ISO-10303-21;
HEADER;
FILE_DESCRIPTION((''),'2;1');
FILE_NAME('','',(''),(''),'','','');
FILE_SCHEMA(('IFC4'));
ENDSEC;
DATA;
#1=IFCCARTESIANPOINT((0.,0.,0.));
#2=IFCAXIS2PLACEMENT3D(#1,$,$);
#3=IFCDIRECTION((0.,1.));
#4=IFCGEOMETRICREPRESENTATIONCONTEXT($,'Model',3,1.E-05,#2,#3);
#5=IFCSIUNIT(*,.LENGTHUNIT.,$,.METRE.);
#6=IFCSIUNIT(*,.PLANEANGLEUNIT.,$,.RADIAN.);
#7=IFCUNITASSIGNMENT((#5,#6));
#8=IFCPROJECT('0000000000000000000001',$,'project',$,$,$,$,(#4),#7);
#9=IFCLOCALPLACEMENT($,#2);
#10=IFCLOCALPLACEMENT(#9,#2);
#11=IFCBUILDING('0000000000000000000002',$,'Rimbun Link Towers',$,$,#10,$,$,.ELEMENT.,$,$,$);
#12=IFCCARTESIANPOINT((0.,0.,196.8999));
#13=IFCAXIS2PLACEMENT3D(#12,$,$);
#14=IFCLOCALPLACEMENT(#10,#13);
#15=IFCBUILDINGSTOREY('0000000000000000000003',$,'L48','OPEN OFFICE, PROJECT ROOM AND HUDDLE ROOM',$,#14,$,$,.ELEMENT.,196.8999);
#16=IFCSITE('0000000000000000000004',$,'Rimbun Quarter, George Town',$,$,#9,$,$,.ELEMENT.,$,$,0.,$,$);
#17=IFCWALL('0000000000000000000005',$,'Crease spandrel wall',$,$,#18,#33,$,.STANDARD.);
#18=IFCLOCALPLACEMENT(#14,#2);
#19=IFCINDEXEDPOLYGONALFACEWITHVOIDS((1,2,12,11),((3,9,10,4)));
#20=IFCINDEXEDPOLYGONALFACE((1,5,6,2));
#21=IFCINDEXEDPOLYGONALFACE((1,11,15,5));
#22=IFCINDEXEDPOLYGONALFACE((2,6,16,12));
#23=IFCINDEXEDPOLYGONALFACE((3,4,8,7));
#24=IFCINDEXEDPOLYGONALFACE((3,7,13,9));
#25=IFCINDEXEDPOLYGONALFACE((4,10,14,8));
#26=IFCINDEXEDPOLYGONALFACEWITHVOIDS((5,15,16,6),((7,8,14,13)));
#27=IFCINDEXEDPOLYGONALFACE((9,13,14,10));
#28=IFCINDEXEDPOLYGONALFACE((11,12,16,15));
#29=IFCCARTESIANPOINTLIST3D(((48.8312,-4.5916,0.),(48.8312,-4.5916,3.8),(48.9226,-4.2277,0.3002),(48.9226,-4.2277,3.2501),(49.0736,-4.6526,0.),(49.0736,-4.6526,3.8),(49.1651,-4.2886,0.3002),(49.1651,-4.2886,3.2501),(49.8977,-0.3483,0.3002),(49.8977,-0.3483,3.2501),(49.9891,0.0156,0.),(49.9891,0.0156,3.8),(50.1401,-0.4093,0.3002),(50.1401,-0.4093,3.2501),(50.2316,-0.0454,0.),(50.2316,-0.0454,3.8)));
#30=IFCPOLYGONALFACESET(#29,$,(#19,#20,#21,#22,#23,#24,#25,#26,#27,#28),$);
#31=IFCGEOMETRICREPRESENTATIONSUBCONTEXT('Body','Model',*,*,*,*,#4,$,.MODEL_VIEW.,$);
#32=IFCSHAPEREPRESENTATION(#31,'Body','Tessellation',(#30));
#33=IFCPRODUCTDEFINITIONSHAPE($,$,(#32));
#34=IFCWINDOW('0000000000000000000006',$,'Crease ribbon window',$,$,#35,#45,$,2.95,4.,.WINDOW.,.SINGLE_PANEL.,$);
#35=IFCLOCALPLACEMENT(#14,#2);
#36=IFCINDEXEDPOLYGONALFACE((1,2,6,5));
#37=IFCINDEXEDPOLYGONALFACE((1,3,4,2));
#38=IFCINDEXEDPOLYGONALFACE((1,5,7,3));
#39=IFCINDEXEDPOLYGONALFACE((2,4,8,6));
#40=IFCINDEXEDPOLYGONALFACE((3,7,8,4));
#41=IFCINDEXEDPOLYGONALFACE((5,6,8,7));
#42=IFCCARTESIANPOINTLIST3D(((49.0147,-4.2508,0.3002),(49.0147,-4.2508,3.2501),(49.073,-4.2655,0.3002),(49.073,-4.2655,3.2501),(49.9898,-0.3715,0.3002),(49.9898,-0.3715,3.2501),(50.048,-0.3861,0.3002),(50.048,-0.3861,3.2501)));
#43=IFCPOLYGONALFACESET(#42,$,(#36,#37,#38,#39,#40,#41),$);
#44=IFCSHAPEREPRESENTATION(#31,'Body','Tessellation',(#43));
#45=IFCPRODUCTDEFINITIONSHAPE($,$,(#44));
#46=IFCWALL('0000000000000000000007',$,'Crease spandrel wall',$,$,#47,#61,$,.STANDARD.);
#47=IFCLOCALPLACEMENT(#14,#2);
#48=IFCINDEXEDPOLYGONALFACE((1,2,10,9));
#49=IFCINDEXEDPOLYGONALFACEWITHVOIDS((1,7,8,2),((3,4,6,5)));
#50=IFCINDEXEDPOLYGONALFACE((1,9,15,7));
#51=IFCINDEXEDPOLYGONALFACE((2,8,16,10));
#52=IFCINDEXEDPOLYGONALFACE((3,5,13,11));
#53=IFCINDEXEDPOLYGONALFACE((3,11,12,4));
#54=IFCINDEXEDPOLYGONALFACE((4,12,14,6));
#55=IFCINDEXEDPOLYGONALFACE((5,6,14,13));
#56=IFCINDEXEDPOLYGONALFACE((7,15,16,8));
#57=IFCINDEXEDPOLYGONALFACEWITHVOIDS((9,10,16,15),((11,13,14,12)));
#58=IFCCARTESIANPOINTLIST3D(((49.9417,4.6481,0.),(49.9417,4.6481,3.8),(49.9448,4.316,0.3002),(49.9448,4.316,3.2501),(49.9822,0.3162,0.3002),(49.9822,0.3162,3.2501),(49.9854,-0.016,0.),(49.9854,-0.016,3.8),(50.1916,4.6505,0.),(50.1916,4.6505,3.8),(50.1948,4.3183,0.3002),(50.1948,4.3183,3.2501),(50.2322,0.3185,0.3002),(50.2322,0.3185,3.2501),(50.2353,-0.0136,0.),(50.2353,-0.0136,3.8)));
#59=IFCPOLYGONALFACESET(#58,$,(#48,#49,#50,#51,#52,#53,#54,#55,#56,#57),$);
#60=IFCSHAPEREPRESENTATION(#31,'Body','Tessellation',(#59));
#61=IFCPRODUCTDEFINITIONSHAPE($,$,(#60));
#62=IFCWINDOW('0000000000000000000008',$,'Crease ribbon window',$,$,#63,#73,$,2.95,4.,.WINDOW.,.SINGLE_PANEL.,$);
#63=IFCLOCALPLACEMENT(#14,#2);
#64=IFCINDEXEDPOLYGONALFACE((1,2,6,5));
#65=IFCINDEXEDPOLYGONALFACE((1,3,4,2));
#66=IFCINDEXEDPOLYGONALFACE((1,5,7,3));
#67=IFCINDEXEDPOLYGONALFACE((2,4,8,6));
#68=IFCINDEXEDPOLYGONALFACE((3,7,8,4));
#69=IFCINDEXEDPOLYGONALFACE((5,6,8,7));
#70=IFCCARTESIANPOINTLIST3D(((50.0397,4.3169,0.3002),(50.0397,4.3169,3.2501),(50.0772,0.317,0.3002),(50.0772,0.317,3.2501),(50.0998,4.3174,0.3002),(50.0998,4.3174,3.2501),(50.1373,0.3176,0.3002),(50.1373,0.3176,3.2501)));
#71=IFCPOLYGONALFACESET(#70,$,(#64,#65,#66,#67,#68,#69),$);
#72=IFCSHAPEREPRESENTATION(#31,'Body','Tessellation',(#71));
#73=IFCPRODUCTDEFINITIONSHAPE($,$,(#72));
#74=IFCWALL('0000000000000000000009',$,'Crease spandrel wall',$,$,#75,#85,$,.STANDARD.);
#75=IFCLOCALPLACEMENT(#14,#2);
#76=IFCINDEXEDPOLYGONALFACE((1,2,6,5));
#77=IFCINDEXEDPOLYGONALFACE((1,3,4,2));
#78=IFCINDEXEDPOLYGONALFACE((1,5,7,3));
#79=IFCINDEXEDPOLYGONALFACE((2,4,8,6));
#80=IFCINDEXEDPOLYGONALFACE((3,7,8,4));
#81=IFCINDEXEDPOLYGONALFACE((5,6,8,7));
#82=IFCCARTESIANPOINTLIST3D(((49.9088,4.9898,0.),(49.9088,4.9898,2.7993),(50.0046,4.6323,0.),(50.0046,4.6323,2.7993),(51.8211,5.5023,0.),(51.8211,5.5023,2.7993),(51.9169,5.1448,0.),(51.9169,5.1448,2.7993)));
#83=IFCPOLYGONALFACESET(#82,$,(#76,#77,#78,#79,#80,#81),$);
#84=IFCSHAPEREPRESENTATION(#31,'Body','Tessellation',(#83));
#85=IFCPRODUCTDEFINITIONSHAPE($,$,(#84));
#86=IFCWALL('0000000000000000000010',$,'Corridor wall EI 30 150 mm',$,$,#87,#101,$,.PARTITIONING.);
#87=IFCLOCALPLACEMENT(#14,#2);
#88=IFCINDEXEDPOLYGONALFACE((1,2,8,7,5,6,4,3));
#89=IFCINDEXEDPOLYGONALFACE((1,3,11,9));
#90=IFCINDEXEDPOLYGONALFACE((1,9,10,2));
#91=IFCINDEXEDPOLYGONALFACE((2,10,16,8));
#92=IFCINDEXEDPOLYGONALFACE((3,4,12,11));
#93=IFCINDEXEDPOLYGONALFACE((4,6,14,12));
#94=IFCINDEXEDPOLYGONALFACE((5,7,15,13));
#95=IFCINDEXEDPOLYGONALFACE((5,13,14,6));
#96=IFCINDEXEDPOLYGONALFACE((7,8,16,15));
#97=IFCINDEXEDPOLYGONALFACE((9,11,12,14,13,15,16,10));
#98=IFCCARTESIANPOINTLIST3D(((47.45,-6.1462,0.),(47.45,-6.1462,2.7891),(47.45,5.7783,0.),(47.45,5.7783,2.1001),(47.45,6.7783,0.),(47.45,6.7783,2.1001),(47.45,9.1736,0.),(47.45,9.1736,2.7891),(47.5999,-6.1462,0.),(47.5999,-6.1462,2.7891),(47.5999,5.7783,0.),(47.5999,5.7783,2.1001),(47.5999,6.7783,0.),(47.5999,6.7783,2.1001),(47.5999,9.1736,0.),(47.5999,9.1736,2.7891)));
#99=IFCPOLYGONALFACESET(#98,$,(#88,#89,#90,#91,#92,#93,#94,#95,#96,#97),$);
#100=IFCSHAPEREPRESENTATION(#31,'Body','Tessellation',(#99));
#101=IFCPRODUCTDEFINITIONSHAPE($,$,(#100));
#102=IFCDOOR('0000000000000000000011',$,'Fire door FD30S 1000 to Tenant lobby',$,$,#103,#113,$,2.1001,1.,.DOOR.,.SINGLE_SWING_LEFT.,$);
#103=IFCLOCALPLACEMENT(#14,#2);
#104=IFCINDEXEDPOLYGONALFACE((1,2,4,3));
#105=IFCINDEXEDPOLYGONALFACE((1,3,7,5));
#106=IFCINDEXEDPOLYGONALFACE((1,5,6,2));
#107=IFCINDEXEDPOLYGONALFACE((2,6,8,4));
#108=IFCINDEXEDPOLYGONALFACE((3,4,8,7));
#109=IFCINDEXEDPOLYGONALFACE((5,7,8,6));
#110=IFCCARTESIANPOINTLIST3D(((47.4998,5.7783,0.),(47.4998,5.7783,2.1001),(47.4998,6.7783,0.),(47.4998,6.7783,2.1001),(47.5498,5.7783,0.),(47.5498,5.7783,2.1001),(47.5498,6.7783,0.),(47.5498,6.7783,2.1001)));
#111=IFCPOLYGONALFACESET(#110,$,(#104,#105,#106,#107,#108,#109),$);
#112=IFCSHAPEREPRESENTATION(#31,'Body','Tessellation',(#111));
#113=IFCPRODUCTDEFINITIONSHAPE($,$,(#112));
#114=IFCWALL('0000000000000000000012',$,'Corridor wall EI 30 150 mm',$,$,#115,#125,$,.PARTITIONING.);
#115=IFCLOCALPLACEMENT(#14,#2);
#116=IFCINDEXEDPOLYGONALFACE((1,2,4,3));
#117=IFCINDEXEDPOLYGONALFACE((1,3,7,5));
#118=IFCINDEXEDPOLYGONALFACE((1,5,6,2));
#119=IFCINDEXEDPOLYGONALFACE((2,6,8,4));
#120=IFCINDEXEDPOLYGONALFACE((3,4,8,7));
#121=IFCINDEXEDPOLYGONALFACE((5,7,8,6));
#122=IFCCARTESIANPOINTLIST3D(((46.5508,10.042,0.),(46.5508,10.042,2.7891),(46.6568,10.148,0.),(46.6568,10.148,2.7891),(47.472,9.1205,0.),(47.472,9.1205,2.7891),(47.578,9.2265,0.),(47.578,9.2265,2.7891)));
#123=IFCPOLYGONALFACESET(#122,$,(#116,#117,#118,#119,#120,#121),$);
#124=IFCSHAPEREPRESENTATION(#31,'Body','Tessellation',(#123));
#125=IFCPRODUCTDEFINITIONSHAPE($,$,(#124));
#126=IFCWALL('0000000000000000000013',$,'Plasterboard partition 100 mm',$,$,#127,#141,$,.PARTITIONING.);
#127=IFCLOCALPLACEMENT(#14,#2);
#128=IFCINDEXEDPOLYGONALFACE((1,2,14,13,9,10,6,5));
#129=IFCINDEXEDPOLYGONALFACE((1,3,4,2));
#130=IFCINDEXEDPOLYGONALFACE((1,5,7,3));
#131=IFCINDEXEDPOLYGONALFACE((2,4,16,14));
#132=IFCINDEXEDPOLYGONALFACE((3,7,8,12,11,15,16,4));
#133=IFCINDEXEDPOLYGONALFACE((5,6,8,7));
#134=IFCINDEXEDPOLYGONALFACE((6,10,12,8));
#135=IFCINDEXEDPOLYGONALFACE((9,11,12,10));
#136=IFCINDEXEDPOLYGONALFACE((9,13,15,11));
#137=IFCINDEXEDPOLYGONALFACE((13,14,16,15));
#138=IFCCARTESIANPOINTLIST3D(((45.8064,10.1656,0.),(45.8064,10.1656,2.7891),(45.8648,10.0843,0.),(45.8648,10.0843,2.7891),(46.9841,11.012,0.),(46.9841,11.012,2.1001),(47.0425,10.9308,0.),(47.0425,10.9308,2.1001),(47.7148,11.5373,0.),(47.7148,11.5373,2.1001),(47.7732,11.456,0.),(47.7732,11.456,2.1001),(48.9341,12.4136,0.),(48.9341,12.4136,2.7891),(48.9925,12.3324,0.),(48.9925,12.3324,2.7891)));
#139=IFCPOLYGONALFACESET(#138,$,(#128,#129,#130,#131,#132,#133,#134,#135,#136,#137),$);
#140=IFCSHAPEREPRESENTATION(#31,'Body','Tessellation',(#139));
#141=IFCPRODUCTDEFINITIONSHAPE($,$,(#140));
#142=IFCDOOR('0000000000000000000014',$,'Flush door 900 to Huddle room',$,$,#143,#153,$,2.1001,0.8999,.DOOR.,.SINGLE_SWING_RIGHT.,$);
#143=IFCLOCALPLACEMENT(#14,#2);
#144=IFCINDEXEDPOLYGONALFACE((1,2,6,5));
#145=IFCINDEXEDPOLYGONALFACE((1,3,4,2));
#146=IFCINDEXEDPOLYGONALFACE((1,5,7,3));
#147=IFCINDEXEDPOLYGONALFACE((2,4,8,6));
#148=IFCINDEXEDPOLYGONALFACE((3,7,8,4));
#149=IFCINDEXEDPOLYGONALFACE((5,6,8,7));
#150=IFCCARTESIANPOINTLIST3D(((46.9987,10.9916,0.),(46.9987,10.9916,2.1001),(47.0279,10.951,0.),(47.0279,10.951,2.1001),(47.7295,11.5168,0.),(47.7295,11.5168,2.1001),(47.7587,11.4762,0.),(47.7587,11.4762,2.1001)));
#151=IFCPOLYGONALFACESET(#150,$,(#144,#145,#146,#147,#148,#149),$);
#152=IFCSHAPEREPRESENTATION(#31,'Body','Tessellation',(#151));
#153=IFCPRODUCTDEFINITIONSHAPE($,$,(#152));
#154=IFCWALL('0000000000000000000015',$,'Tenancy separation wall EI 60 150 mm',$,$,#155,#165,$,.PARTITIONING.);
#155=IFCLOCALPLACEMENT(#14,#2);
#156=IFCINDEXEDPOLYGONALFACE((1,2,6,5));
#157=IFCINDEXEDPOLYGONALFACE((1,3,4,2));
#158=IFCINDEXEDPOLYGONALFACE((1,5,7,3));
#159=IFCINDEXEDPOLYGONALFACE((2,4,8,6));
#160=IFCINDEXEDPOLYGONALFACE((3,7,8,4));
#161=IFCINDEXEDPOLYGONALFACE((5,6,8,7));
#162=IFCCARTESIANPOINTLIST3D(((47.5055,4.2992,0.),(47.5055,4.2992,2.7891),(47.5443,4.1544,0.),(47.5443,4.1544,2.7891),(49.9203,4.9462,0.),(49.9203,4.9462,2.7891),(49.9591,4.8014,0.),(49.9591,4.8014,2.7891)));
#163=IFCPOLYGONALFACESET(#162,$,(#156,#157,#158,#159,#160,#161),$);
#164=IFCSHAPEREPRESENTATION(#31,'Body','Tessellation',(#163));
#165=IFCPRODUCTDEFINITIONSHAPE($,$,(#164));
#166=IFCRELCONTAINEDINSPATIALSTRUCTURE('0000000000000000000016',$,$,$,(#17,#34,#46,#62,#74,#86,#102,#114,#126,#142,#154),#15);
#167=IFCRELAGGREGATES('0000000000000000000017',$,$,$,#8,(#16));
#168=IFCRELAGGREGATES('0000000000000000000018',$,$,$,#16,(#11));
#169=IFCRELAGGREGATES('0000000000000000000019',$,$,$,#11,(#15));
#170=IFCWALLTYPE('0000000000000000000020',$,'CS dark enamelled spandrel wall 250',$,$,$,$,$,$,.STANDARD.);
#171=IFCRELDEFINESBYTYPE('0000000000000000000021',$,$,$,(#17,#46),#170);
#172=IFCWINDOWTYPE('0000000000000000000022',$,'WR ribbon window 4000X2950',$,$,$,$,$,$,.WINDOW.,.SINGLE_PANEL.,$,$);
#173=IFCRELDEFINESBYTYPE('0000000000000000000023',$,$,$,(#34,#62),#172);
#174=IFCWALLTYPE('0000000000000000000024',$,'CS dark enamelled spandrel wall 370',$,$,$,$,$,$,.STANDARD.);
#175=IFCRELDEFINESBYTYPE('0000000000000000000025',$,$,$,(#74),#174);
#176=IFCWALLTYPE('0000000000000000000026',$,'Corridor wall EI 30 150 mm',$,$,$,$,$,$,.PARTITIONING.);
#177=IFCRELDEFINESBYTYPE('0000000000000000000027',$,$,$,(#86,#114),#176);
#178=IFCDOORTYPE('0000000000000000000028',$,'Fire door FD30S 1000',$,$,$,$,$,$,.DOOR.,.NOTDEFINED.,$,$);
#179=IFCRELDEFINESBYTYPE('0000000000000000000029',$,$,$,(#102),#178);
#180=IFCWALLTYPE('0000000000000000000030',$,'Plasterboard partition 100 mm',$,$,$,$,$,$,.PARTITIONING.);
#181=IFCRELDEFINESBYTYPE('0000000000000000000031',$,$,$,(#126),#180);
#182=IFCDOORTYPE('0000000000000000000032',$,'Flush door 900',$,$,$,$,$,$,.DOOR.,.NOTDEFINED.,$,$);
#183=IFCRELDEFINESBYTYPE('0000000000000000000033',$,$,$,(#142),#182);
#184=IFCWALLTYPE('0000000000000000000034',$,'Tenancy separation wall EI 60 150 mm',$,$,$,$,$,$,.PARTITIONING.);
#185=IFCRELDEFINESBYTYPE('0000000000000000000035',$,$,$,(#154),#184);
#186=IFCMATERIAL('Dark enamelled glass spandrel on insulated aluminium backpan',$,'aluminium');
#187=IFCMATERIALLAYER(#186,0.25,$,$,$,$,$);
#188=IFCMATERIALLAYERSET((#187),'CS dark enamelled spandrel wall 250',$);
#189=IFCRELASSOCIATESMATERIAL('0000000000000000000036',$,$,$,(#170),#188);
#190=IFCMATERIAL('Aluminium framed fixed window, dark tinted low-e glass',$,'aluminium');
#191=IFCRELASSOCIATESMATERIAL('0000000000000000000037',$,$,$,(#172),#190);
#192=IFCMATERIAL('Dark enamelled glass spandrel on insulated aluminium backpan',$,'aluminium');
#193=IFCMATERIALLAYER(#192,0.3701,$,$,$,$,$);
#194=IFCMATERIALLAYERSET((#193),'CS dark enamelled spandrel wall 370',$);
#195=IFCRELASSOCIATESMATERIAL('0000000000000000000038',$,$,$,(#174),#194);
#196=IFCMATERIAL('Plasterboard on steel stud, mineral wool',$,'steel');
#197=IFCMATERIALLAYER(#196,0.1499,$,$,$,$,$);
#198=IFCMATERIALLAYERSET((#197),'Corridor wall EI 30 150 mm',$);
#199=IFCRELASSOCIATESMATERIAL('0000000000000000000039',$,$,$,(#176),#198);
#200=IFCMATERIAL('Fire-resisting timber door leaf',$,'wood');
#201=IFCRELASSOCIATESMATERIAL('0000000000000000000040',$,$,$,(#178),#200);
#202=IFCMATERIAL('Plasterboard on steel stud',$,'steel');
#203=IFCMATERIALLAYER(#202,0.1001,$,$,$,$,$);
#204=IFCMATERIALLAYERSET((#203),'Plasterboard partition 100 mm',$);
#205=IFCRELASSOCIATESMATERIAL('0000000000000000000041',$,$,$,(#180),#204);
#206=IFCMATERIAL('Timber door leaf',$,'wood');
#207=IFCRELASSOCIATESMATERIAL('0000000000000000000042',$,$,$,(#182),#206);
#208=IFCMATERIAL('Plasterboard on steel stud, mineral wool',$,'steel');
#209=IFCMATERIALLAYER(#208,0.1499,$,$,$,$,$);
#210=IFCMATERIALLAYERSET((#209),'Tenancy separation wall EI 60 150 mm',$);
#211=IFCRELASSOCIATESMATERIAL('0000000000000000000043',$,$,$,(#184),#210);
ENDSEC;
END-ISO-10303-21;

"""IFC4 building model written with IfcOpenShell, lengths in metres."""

from ifc_helpers import new_model, si_unit, direction, frame, frame_2d, origin, place, context, subcontext, project, spatial, rectangle, extrude, material, layer, layer_set, type_object, element, fill, save


model = new_model("IFC4")

# Units and contexts
model_context = context("Model", 3, precision=1e-05, world=origin(), true_north=direction((0.0, 1.0)))
body_context = subcontext(model_context, "Body", "Model", "MODEL_VIEW")
ifc_project = project(units=[si_unit("LENGTHUNIT", "METRE"), si_unit("PLANEANGLEUNIT", "RADIAN")], contexts=[model_context])

# Site, building, storey
site_placement = place(None, origin())
site = spatial("IfcSite", under=ifc_project, at=site_placement, Name="Rimbun Quarter, George Town", CompositionType="ELEMENT", RefElevation=0.0)
building_placement = place(site_placement, origin())
building = spatial("IfcBuilding", under=site, at=building_placement, Name="Rimbun Link Towers", CompositionType="ELEMENT")
storey_placement = place(building_placement, frame((0.0, 0.0, 196.8999)))
storey = spatial("IfcBuildingStorey", under=building, at=storey_placement, Name="L48", Description="OPEN OFFICE, PROJECT ROOM AND HUDDLE ROOM", CompositionType="ELEMENT", Elevation=196.8999)

# Walls, openings, windows
ifc_material_1 = material(Name="Dark enamelled glass spandrel on insulated aluminium backpan", Category="aluminium")
ifc_layer_1 = layer(ifc_material_1, 0.25)
ifc_layer_set_1 = layer_set([ifc_layer_1], Name="CS dark enamelled spandrel wall 250")
wall_type_1 = type_object("IfcWallType", Name="CS dark enamelled spandrel wall 250", PredefinedType="STANDARD", material=ifc_layer_set_1)
wall_1_placement = place(storey_placement, frame((50.1104, -0.0149, 0.0), z_axis=(0.0, 0.0, 1.0), x_axis=(-0.243757, -0.969836, 0.0)))
wall_1 = element("IfcWall", 1, at=wall_1_placement, inside=storey, type_object=wall_type_1, Name="Crease spandrel wall", PredefinedType="STANDARD", context=body_context, shape_type="SweptSolid", body=[
    extrude(rectangle(XDim=4.7505, YDim=0.25, at=frame_2d((2.3752, 0.0))), origin(), (0.0, 0.0, 1.0), 3.8),
])
opening_1_placement = place(wall_1_placement, frame((0.3752, 0.0, 0.3)))
opening_1 = element("IfcOpeningElement", 2, at=opening_1_placement, cuts=wall_1, PredefinedType="OPENING", context=body_context, shape_type="SweptSolid", body=[
    extrude(rectangle(XDim=4.0, YDim=2.95, at=frame_2d((2.0, 1.4751))), frame((0.0, 0.135, 0.0), z_axis=(0.0, -1.0, 0.0), x_axis=(1.0, 0.0, 0.0)), (0.0, 0.0, 1.0), 0.27),
])
ifc_material_2 = material(Name="Aluminium framed fixed window, dark tinted low-e glass", Category="aluminium")
window_type = type_object("IfcWindowType", Name="WR ribbon window 4000X2950", PartitioningType="SINGLE_PANEL", PredefinedType="WINDOW", material=ifc_material_2)
window_1_placement = place(opening_1_placement, origin())
window_1 = element("IfcWindow", 3, at=window_1_placement, inside=storey, type_object=window_type, Name="Crease ribbon window", OverallHeight=2.95, OverallWidth=4.0, PartitioningType="SINGLE_PANEL", PredefinedType="WINDOW", context=body_context, shape_type="SweptSolid", body=[
    extrude(rectangle(XDim=4.0, YDim=2.95, at=frame_2d((2.0, 1.4751))), frame((0.0, 0.03, 0.0), z_axis=(0.0, -1.0, 0.0), x_axis=(1.0, 0.0, 0.0)), (0.0, 0.0, 1.0), 0.0601),
])
fill(opening_1, window_1)
wall_2_placement = place(storey_placement, frame((50.0667, 4.6492, 0.0), z_axis=(0.0, 0.0, 1.0), x_axis=(0.009369, -0.999956, 0.0)))
wall_2 = element("IfcWall", 4, at=wall_2_placement, inside=storey, type_object=wall_type_1, Name="Crease spandrel wall", PredefinedType="STANDARD", context=body_context, shape_type="SweptSolid", body=[
    extrude(rectangle(XDim=4.6643, YDim=0.25, at=frame_2d((2.332, 0.0))), origin(), (0.0, 0.0, 1.0), 3.8),
])
opening_2_placement = place(wall_2_placement, frame((0.332, 0.0, 0.3)))
opening_2 = element("IfcOpeningElement", 5, at=opening_2_placement, cuts=wall_2, PredefinedType="OPENING", context=body_context, shape_type="SweptSolid", body=[
    extrude(rectangle(XDim=4.0, YDim=2.95, at=frame_2d((2.0, 1.4751))), frame((0.0, 0.135, 0.0), z_axis=(0.0, -1.0, 0.0), x_axis=(1.0, 0.0, 0.0)), (0.0, 0.0, 1.0), 0.27),
])
window_2_placement = place(opening_2_placement, origin())
window_2 = element("IfcWindow", 6, at=window_2_placement, inside=storey, type_object=window_type, Name="Crease ribbon window", OverallHeight=2.95, OverallWidth=4.0, PartitioningType="SINGLE_PANEL", PredefinedType="WINDOW", context=body_context, shape_type="SweptSolid", body=[
    extrude(rectangle(XDim=4.0, YDim=2.95, at=frame_2d((2.0, 1.4751))), frame((0.0, 0.03, 0.0), z_axis=(0.0, -1.0, 0.0), x_axis=(1.0, 0.0, 0.0)), (0.0, 0.0, 1.0), 0.0601),
])
fill(opening_2, window_2)

# Wall
ifc_material_3 = material(Name="Dark enamelled glass spandrel on insulated aluminium backpan", Category="aluminium")
ifc_layer_2 = layer(ifc_material_3, 0.3701)
ifc_layer_set_2 = layer_set([ifc_layer_2], Name="CS dark enamelled spandrel wall 370")
wall_type_2 = type_object("IfcWallType", Name="CS dark enamelled spandrel wall 370", PredefinedType="STANDARD", material=ifc_layer_set_2)
wall_3_placement = place(storey_placement, frame((51.8689, 5.3235, 0.0), z_axis=(0.0, 0.0, 1.0), x_axis=(-0.965921, -0.258837, 0.0)))
element("IfcWall", 7, at=wall_3_placement, inside=storey, type_object=wall_type_2, Name="Crease spandrel wall", PredefinedType="STANDARD", context=body_context, shape_type="SweptSolid", body=[
    extrude(rectangle(XDim=1.9797, YDim=0.3701, at=frame_2d((0.9897, 0.0))), origin(), (0.0, 0.0, 1.0), 2.7993),
])

# Wall, opening, door
ifc_material_4 = material(Name="Plasterboard on steel stud, mineral wool", Category="steel")
ifc_layer_3 = layer(ifc_material_4, 0.1499)
ifc_layer_set_3 = layer_set([ifc_layer_3], Name="Corridor wall EI 30 150 mm")
wall_type_3 = type_object("IfcWallType", Name="Corridor wall EI 30 150 mm", PredefinedType="PARTITIONING", material=ifc_layer_set_3)
wall_4_placement = place(storey_placement, frame((47.5249, 9.1736, 0.0), z_axis=(0.0, 0.0, 1.0), x_axis=(0.0, -1.0, 0.0)))
wall_4 = element("IfcWall", 8, at=wall_4_placement, inside=storey, type_object=wall_type_3, Name="Corridor wall EI 30 150 mm", PredefinedType="PARTITIONING", context=body_context, shape_type="SweptSolid", body=[
    extrude(rectangle(XDim=15.3198, YDim=0.1499, at=frame_2d((7.6599, 0.0))), origin(), (0.0, 0.0, 1.0), 2.7891),
])
opening_3_placement = place(wall_4_placement, frame((2.3953, 0.0, 0.0)))
opening_3 = element("IfcOpeningElement", 9, at=opening_3_placement, cuts=wall_4, PredefinedType="OPENING", context=body_context, shape_type="SweptSolid", body=[
    extrude(rectangle(XDim=1.0, YDim=2.1001, at=frame_2d((0.5, 1.05))), frame((0.0, 0.085, 0.0), z_axis=(0.0, -1.0, 0.0), x_axis=(1.0, 0.0, 0.0)), (0.0, 0.0, 1.0), 0.1699),
])
ifc_material_5 = material(Name="Fire-resisting timber door leaf", Category="wood")
door_type_1 = type_object("IfcDoorType", Name="Fire door FD30S 1000", OperationType="NOTDEFINED", PredefinedType="DOOR", material=ifc_material_5)
door_1_placement = place(opening_3_placement, origin())
door_1 = element("IfcDoor", 10, at=door_1_placement, inside=storey, type_object=door_type_1, Name="Fire door FD30S 1000 to Tenant lobby", OperationType="SINGLE_SWING_LEFT", OverallHeight=2.1001, OverallWidth=1.0, PredefinedType="DOOR", context=body_context, shape_type="SweptSolid", body=[
    extrude(rectangle(XDim=1.0, YDim=2.1001, at=frame_2d((0.5, 1.05))), frame((0.0, 0.0249, 0.0), z_axis=(0.0, -1.0, 0.0), x_axis=(1.0, 0.0, 0.0)), (0.0, 0.0, 1.0), 0.05),
])
fill(opening_3, door_1)

# Wall
wall_5_placement = place(storey_placement, frame((47.5249, 9.1736, 0.0), z_axis=(0.0, 0.0, 1.0), x_axis=(-0.707013, 0.7072, 0.0)))
element("IfcWall", 11, at=wall_5_placement, inside=storey, type_object=wall_type_3, Name="Corridor wall EI 30 150 mm", PredefinedType="PARTITIONING", context=body_context, shape_type="SweptSolid", body=[
    extrude(rectangle(XDim=1.303, YDim=0.1499, at=frame_2d((0.6514, 0.0))), origin(), (0.0, 0.0, 1.0), 2.7891),
])

# Wall, opening, door
ifc_material_6 = material(Name="Plasterboard on steel stud", Category="steel")
ifc_layer_4 = layer(ifc_material_6, 0.1001)
ifc_layer_set_4 = layer_set([ifc_layer_4], Name="Plasterboard partition 100 mm")
wall_type_4 = type_object("IfcWallType", Name="Plasterboard partition 100 mm", PredefinedType="PARTITIONING", material=ifc_layer_set_4)
wall_6_placement = place(storey_placement, frame((45.8357, 10.125, 0.0), z_axis=(0.0, 0.0, 1.0), x_axis=(0.812013, 0.58364, 0.0)))
wall_6 = element("IfcWall", 12, at=wall_6_placement, inside=storey, type_object=wall_type_4, Name="Plasterboard partition 100 mm", PredefinedType="PARTITIONING", context=body_context, shape_type="SweptSolid", body=[
    extrude(rectangle(XDim=3.8518, YDim=0.1001, at=frame_2d((1.9258, 0.0))), origin(), (0.0, 0.0, 1.0), 2.7891),
])
opening_4_placement = place(wall_6_placement, frame((1.4502, 0.0, 0.0)))
opening_4 = element("IfcOpeningElement", 13, at=opening_4_placement, cuts=wall_6, PredefinedType="OPENING", context=body_context, shape_type="SweptSolid", body=[
    extrude(rectangle(XDim=0.8999, YDim=2.1001, at=frame_2d((0.45, 1.05))), frame((0.0, 0.0601, 0.0), z_axis=(0.0, -1.0, 0.0), x_axis=(1.0, 0.0, 0.0)), (0.0, 0.0, 1.0), 0.1201),
])
ifc_material_7 = material(Name="Timber door leaf", Category="wood")
door_type_2 = type_object("IfcDoorType", Name="Flush door 900", OperationType="NOTDEFINED", PredefinedType="DOOR", material=ifc_material_7)
door_2_placement = place(opening_4_placement, origin())
door_2 = element("IfcDoor", 14, at=door_2_placement, inside=storey, type_object=door_type_2, Name="Flush door 900 to Huddle room", OperationType="SINGLE_SWING_RIGHT", OverallHeight=2.1001, OverallWidth=0.8999, PredefinedType="DOOR", context=body_context, shape_type="SweptSolid", body=[
    extrude(rectangle(XDim=0.8999, YDim=2.1001, at=frame_2d((0.45, 1.05))), frame((0.0, 0.0249, 0.0), z_axis=(0.0, -1.0, 0.0), x_axis=(1.0, 0.0, 0.0)), (0.0, 0.0, 1.0), 0.05),
])
fill(opening_4, door_2)

# Wall
ifc_material_8 = material(Name="Plasterboard on steel stud, mineral wool", Category="steel")
ifc_layer_5 = layer(ifc_material_8, 0.1499)
ifc_layer_set_5 = layer_set([ifc_layer_5], Name="Tenancy separation wall EI 60 150 mm")
wall_type_5 = type_object("IfcWallType", Name="Tenancy separation wall EI 60 150 mm", PredefinedType="PARTITIONING", material=ifc_layer_set_5)
wall_7_placement = place(storey_placement, frame((47.5249, 4.2268, 0.0), z_axis=(0.0, 0.0, 1.0), x_axis=(0.965933, 0.258793, 0.0)))
element("IfcWall", 15, at=wall_7_placement, inside=storey, type_object=wall_type_5, Name="Tenancy separation wall EI 60 150 mm", PredefinedType="PARTITIONING", context=body_context, shape_type="SweptSolid", body=[
    extrude(rectangle(XDim=2.5, YDim=0.1499, at=frame_2d((1.25, 0.0))), origin(), (0.0, 0.0, 1.0), 2.7891),
])

save(model, "model.ifc")
